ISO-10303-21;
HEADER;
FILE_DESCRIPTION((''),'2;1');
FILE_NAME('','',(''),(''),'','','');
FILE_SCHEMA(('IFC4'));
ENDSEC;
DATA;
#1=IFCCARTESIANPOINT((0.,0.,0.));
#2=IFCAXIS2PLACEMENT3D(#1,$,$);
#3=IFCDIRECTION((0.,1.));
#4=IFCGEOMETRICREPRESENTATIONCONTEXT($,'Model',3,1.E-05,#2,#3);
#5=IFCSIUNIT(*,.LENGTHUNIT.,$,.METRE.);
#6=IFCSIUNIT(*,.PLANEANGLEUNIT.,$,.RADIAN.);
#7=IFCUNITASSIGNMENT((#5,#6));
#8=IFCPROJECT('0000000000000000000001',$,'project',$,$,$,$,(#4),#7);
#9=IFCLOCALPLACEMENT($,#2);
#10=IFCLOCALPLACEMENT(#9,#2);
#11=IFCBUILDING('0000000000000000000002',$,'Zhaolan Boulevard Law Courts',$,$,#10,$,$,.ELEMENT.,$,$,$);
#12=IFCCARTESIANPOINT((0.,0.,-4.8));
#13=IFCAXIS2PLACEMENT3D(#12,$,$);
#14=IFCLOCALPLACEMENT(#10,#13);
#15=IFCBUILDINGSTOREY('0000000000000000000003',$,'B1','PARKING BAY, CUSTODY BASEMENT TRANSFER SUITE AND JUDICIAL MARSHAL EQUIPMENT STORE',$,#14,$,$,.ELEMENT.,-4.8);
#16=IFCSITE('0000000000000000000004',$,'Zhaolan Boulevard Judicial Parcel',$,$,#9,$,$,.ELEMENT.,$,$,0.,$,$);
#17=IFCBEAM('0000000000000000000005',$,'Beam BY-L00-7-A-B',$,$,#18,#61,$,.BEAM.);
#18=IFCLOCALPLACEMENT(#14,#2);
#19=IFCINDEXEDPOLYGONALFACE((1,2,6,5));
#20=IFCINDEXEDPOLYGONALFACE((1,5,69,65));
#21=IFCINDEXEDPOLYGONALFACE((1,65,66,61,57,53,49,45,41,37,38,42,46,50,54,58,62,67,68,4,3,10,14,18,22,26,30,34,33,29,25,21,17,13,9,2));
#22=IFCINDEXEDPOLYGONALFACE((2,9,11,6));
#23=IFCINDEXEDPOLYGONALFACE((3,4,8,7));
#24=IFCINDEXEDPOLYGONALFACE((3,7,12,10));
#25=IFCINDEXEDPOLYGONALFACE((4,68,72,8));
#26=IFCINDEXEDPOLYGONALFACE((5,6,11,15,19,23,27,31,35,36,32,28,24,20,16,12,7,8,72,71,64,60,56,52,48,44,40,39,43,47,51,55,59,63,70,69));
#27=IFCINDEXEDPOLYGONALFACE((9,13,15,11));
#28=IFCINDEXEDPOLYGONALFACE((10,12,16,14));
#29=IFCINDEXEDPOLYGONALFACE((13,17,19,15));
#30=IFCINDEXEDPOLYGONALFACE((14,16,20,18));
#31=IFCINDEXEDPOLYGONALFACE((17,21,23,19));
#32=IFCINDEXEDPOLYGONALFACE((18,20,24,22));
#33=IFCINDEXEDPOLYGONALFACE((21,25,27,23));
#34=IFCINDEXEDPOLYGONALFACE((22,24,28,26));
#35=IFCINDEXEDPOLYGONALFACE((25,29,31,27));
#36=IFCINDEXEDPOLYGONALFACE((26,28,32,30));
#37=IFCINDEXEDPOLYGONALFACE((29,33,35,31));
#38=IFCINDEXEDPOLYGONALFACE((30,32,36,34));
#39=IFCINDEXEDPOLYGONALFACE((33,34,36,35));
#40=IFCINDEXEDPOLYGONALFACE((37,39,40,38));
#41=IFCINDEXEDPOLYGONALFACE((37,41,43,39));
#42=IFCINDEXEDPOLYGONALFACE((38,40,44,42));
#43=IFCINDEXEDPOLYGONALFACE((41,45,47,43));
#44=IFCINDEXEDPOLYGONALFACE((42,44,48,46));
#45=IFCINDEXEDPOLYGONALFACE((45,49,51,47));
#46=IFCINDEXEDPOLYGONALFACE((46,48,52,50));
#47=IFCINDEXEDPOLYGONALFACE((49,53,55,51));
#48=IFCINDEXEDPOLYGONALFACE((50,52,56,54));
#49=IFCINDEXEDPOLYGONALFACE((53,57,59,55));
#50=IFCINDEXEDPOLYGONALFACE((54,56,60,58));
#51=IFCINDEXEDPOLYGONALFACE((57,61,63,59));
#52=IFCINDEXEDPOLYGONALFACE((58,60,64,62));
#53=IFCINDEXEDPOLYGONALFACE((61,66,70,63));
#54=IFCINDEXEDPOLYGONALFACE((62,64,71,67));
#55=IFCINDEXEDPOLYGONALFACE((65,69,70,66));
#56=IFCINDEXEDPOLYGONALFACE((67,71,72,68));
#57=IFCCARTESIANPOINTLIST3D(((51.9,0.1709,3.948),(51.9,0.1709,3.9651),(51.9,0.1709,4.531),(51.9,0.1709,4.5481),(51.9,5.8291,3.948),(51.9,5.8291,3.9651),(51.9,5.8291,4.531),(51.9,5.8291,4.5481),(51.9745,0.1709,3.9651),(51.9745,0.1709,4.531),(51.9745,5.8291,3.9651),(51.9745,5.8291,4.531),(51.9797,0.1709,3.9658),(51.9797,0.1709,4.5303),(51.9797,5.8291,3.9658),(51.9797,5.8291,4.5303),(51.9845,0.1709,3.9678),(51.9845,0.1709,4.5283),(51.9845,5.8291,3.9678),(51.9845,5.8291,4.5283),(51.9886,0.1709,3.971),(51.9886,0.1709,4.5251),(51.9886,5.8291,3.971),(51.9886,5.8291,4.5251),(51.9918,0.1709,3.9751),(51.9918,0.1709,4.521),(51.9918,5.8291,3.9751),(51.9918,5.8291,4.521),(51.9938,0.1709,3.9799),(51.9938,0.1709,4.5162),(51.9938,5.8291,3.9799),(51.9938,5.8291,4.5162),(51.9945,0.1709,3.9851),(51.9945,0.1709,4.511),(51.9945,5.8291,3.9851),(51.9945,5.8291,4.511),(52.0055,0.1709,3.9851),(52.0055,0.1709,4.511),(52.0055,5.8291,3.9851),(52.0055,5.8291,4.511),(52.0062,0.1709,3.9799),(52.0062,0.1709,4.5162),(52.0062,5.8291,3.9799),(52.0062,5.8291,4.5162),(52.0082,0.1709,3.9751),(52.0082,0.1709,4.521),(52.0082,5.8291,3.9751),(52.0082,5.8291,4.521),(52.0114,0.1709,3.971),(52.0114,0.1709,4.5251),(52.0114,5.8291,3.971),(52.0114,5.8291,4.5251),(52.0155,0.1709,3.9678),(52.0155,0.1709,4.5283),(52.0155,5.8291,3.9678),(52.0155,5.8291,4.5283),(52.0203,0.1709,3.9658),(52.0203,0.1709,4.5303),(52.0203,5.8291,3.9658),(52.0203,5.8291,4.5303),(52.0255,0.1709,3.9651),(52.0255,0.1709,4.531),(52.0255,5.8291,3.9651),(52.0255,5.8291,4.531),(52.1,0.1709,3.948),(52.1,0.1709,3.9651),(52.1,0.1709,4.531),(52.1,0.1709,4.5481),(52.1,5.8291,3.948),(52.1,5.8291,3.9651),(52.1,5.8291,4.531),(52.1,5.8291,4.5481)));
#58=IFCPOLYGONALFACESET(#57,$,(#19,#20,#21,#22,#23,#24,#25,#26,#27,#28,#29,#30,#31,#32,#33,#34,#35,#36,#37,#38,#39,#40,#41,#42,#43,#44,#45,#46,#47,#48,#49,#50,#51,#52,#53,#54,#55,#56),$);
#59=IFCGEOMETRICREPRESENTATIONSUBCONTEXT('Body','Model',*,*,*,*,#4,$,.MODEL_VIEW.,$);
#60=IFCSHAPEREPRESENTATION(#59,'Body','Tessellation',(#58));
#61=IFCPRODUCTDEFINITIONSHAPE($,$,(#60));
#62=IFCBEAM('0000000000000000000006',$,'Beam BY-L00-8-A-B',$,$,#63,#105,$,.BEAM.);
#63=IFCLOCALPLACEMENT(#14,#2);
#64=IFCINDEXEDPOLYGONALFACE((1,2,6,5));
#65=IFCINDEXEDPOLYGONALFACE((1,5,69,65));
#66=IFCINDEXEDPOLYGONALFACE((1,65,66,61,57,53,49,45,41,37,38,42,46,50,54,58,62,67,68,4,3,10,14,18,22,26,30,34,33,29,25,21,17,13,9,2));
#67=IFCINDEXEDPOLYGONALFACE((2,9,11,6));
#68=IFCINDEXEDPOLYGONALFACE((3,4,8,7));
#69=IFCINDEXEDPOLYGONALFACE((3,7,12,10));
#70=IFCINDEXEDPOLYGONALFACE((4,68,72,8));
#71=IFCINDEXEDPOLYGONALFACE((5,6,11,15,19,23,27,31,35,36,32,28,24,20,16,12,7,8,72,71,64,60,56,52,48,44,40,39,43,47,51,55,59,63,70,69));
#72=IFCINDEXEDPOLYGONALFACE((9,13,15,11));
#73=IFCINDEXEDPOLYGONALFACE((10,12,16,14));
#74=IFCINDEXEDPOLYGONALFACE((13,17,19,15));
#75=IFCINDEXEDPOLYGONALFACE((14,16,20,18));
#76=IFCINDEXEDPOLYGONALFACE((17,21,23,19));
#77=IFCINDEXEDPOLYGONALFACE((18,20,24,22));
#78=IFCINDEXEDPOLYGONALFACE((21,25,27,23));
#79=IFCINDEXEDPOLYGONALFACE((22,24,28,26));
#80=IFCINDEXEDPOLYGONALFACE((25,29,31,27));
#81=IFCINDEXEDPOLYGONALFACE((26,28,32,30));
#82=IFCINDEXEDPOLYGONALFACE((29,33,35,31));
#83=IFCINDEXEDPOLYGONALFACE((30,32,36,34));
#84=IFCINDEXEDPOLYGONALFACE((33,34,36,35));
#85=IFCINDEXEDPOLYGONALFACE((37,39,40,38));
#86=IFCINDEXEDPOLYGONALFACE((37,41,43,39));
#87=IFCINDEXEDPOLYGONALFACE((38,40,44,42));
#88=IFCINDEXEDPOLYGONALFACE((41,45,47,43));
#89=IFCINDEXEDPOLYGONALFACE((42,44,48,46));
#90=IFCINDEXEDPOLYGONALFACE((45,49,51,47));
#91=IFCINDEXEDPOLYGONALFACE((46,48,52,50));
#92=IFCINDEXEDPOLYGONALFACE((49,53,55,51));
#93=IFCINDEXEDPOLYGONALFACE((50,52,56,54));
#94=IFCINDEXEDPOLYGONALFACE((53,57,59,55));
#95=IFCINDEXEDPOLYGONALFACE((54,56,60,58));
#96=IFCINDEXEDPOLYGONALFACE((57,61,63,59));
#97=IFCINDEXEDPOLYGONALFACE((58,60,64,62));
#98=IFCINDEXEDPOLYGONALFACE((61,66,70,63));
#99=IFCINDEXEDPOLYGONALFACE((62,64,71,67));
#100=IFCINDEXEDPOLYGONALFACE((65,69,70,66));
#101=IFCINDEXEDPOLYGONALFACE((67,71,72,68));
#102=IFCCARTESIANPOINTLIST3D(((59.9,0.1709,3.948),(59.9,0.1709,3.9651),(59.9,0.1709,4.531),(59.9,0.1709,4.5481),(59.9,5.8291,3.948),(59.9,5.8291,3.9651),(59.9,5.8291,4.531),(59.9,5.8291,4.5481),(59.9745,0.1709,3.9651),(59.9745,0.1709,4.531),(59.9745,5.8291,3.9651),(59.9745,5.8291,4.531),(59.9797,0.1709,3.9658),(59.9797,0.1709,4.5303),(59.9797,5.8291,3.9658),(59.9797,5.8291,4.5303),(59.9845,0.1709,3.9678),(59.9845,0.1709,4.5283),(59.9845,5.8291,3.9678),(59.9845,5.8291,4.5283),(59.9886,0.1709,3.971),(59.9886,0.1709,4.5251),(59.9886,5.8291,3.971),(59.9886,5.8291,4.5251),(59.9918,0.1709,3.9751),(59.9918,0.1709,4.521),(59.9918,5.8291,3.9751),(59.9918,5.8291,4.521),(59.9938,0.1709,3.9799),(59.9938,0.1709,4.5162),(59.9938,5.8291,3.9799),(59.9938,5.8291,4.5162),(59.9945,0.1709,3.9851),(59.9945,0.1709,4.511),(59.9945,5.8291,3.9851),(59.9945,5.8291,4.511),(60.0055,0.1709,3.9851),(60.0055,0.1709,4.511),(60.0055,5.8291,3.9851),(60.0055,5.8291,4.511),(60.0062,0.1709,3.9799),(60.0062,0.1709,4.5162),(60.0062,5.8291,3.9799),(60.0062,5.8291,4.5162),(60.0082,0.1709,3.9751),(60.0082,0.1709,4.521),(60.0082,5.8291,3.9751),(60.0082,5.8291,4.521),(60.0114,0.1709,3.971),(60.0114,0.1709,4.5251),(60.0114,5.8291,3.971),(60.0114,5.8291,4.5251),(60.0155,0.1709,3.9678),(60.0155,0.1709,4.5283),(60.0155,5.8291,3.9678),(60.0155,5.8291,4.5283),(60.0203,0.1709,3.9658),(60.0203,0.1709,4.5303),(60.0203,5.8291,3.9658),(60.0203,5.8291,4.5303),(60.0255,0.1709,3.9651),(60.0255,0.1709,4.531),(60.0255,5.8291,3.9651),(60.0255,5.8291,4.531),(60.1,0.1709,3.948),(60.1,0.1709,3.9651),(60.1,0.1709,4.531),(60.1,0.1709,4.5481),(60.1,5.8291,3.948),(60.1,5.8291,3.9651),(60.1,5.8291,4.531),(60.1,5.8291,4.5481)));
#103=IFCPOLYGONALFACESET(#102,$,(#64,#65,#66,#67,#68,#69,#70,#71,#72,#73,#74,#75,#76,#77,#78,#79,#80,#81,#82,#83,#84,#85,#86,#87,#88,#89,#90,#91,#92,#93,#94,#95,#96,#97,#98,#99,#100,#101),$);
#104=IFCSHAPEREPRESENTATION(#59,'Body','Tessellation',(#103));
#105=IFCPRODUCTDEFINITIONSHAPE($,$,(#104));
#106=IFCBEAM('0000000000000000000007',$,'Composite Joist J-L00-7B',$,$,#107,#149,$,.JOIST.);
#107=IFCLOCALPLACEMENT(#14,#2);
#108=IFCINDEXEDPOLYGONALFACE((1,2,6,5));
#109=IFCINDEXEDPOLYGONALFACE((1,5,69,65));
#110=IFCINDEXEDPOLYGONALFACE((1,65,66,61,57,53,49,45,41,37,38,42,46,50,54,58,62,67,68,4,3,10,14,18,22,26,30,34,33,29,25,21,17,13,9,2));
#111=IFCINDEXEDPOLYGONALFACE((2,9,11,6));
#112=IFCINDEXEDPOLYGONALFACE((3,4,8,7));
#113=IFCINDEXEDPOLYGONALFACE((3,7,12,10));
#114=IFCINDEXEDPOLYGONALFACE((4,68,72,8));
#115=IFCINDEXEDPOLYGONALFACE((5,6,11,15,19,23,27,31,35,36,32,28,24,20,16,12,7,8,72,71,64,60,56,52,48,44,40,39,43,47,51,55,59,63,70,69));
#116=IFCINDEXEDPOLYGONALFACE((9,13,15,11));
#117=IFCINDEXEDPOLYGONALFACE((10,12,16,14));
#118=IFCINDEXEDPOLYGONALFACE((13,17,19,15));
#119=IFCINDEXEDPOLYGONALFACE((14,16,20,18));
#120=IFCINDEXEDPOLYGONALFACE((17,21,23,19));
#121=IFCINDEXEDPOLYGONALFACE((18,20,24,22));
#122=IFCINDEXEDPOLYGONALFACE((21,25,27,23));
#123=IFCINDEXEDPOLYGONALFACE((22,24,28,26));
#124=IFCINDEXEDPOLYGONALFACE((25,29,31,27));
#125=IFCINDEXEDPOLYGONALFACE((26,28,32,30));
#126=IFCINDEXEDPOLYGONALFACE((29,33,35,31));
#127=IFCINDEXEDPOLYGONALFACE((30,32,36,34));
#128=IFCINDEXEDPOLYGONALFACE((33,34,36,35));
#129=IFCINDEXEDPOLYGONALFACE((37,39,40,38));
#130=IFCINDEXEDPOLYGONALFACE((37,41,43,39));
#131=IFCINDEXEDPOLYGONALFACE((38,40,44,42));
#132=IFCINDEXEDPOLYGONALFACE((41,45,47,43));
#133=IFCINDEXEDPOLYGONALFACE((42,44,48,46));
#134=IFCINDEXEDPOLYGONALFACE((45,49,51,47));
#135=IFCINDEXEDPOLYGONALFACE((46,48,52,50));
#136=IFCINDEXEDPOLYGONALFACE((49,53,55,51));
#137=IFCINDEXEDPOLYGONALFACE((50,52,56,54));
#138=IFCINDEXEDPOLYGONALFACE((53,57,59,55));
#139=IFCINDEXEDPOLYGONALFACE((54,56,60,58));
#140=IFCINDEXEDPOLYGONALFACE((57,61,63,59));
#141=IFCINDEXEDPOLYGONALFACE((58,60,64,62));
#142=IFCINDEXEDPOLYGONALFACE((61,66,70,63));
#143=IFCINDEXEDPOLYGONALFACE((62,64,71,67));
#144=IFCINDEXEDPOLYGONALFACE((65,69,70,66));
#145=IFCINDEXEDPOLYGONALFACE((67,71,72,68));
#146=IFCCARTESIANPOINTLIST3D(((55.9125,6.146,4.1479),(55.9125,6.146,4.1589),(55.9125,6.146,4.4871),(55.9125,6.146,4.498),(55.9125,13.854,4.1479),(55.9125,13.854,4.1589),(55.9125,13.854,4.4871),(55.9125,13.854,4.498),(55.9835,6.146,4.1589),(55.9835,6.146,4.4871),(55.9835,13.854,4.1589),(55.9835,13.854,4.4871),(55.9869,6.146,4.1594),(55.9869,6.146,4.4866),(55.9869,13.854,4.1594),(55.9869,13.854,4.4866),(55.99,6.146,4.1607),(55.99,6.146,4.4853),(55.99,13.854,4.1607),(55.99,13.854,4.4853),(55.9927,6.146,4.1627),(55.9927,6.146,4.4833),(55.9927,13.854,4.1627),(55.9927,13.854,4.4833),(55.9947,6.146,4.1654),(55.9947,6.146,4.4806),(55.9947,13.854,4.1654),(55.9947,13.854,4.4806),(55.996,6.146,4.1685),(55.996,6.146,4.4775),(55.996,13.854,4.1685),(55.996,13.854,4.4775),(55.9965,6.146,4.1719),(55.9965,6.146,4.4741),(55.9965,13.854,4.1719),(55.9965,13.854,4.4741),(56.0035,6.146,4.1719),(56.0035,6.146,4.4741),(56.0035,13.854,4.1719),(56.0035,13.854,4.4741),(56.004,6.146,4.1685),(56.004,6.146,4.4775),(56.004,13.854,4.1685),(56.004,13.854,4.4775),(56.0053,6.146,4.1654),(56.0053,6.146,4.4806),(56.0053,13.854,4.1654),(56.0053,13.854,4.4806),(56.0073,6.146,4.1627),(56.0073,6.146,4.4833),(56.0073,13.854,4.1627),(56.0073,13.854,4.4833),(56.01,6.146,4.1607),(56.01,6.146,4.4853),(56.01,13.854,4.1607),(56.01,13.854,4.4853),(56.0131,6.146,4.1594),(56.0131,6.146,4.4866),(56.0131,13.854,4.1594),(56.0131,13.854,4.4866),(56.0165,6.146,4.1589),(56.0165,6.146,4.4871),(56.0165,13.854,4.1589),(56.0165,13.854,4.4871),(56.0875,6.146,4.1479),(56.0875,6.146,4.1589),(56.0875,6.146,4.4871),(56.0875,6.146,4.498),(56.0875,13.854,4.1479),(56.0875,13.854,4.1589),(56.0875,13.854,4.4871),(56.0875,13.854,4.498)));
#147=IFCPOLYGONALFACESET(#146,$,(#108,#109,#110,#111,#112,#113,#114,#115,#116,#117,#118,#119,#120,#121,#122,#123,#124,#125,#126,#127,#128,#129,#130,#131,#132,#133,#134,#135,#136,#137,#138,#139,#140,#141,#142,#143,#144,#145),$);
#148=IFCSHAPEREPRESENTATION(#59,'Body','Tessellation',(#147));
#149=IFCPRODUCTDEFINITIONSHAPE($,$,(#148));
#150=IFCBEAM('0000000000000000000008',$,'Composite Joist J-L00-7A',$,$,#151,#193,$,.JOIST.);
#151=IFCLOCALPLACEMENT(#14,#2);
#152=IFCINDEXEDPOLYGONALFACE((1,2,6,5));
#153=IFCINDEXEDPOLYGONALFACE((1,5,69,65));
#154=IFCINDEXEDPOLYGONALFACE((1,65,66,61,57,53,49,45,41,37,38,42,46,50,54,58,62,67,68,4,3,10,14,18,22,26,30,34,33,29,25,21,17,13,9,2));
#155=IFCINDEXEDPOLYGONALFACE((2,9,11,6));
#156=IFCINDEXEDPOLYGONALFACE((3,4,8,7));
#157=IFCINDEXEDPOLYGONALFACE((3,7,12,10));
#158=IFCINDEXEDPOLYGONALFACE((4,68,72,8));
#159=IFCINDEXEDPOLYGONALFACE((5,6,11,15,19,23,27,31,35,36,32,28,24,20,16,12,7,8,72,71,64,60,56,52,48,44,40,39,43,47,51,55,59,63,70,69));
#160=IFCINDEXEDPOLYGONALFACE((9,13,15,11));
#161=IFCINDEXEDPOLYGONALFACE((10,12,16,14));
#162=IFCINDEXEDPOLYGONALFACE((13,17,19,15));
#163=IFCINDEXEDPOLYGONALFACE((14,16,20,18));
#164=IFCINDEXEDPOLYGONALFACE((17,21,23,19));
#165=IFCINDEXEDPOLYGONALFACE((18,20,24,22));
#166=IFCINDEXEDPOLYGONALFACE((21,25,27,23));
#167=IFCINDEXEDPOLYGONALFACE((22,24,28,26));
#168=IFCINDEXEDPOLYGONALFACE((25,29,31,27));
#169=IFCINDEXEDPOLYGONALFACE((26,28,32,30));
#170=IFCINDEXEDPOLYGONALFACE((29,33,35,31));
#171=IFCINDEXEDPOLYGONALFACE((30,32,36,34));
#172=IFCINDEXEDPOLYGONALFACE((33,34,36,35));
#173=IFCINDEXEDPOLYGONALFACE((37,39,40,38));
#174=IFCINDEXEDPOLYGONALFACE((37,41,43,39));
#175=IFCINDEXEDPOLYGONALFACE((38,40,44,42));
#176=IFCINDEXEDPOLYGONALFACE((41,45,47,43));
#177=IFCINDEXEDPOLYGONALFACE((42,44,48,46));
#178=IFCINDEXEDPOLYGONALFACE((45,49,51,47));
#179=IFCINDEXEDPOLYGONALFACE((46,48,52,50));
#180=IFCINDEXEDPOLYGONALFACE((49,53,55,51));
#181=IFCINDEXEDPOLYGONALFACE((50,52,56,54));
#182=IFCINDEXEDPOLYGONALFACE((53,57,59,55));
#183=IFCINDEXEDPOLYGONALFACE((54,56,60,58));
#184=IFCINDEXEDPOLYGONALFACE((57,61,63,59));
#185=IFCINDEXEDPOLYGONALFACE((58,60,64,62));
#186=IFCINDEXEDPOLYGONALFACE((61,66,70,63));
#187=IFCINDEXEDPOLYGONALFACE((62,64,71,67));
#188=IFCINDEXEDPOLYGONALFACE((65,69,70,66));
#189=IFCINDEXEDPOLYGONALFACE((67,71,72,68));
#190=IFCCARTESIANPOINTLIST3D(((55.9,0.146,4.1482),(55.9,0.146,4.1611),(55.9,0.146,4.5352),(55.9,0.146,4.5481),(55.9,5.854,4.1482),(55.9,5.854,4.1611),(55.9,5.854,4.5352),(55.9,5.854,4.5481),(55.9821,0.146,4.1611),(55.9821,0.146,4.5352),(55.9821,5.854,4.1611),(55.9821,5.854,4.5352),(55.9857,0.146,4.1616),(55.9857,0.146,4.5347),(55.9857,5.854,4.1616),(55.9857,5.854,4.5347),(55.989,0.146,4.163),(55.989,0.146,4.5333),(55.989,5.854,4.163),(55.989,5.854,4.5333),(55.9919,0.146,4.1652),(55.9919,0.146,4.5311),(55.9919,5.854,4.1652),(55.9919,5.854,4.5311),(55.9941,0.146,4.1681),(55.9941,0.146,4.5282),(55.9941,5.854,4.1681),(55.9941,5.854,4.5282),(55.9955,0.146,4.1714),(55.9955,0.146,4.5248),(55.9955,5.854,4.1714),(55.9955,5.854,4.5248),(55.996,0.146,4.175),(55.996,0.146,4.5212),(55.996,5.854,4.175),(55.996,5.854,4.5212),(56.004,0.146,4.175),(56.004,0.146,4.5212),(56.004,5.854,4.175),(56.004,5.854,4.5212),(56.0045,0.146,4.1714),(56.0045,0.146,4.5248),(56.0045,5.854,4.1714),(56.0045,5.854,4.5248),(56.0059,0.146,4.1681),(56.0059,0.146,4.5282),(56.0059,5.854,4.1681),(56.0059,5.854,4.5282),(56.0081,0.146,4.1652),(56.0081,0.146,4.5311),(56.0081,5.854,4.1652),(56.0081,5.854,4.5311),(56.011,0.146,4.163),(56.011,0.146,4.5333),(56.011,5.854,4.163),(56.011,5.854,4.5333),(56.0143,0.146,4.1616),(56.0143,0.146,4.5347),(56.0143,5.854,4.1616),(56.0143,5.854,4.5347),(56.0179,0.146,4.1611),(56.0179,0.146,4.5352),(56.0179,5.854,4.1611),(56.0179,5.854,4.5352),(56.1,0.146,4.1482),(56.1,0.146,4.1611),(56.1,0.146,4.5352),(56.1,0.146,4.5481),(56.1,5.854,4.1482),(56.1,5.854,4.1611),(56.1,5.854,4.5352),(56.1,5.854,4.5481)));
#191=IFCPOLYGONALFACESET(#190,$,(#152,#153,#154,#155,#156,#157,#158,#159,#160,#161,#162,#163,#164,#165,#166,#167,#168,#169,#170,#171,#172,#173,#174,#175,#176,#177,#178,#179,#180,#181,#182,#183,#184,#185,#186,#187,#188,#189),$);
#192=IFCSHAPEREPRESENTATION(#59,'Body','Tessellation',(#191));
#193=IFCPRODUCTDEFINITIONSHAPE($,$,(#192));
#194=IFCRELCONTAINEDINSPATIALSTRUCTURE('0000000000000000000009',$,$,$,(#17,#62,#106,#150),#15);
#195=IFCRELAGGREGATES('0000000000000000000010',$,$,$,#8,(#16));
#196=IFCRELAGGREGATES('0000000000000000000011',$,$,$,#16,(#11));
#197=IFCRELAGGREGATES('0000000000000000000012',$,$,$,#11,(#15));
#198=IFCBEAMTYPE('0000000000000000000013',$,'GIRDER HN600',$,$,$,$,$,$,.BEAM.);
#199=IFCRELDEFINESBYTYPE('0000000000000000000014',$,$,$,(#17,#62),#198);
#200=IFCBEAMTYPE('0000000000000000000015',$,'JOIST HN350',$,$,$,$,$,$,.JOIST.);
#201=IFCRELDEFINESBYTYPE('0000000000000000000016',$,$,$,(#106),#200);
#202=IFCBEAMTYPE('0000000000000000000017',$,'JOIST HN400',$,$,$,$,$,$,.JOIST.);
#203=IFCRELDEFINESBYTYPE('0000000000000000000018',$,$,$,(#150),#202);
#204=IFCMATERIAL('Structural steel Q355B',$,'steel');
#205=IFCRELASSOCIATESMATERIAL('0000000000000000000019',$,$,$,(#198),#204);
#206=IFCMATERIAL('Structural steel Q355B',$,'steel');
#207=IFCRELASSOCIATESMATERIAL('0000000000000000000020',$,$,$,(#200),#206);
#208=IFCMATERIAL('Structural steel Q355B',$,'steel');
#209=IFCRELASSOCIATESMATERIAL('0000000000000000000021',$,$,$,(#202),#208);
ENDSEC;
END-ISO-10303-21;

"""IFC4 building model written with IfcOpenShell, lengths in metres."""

from ifc_helpers import new_model, si_unit, direction, frame, origin, origin_2d, place, context, subcontext, project, spatial, i_section, extrude, material, material_profile, profile_set, type_object, element, save


model = new_model("IFC4")

# Units and contexts
model_context = context("Model", 3, precision=1e-05, world=origin(), true_north=direction((0.0, 1.0)))
body_context = subcontext(model_context, "Body", "Model", "MODEL_VIEW")
ifc_project = project(units=[si_unit("LENGTHUNIT", "METRE"), si_unit("PLANEANGLEUNIT", "RADIAN")], contexts=[model_context])

# Site, building, storey
site_placement = place(None, origin())
site = spatial("IfcSite", under=ifc_project, at=site_placement, Name="Zhaolan Boulevard Judicial Parcel", CompositionType="ELEMENT", RefElevation=0.0)
building_placement = place(site_placement, origin())
building = spatial("IfcBuilding", under=site, at=building_placement, Name="Zhaolan Boulevard Law Courts", CompositionType="ELEMENT")
storey_placement = place(building_placement, frame((0.0, 0.0, -4.8)))
storey = spatial("IfcBuildingStorey", under=building, at=storey_placement, Name="B1", Description="PARKING BAY, CUSTODY BASEMENT TRANSFER SUITE AND JUDICIAL MARSHAL EQUIPMENT STORE", CompositionType="ELEMENT", Elevation=-4.8)

# Beams
ifc_material_1 = material(Name="Structural steel Q355B", Category="steel")
ifc_material_profile_1 = material_profile(ifc_material_1, i_section(OverallWidth=0.2, OverallDepth=0.6001, WebThickness=0.011, FlangeThickness=0.0171, FilletRadius=0.02, at=origin_2d()), Name="HN600x200")
ifc_profile_set_1 = profile_set([ifc_material_profile_1], Name="Structural steel Q355B")
beam_type_1 = type_object("IfcBeamType", Name="GIRDER HN600", PredefinedType="BEAM", material=ifc_profile_set_1)
for number, where, z_axis, x_axis, name in (
    (1, (52.0, 0.1709, 4.248), (0.0, 1.0, 0.0), (-1.0, 0.0, 0.0), "Beam BY-L00-7-A-B"),
    (2, (60.0, 0.1709, 4.248), (0.0, 1.0, 0.0), (-1.0, 0.0, 0.0), "Beam BY-L00-8-A-B"),
):
    element("IfcBeam", number, at=place(storey_placement, frame(where, z_axis=z_axis, x_axis=x_axis)), inside=storey, type_object=beam_type_1, Name=name, PredefinedType="BEAM", context=body_context, shape_type="SweptSolid", body=[
        extrude(i_section(OverallWidth=0.2, OverallDepth=0.6001, WebThickness=0.011, FlangeThickness=0.0171, FilletRadius=0.02, at=origin_2d()), origin(), (0.0, 0.0, 1.0), 5.6582),
    ])
ifc_material_2 = material(Name="Structural steel Q355B", Category="steel")
ifc_material_profile_2 = material_profile(ifc_material_2, i_section(OverallWidth=0.175, OverallDepth=0.3501, WebThickness=0.0071, FlangeThickness=0.011, FilletRadius=0.0129, at=origin_2d()), Name="HN350x175")
ifc_profile_set_2 = profile_set([ifc_material_profile_2], Name="Structural steel Q355B")
beam_type_2 = type_object("IfcBeamType", Name="JOIST HN350", PredefinedType="JOIST", material=ifc_profile_set_2)
beam_1_placement = place(storey_placement, frame((56.0, 6.146, 4.323), z_axis=(0.0, 1.0, 0.0), x_axis=(-1.0, 0.0, 0.0)))
element("IfcBeam", 3, at=beam_1_placement, inside=storey, type_object=beam_type_2, Name="Composite Joist J-L00-7B", PredefinedType="JOIST", context=body_context, shape_type="SweptSolid", body=[
    extrude(i_section(OverallWidth=0.175, OverallDepth=0.3501, WebThickness=0.0071, FlangeThickness=0.011, FilletRadius=0.0129, at=origin_2d()), origin(), (0.0, 0.0, 1.0), 7.708),
])
ifc_material_3 = material(Name="Structural steel Q355B", Category="steel")
ifc_material_profile_3 = material_profile(ifc_material_3, i_section(OverallWidth=0.2, OverallDepth=0.3999, WebThickness=0.0081, FlangeThickness=0.0129, FilletRadius=0.0139, at=origin_2d()), Name="HN400x200")
ifc_profile_set_3 = profile_set([ifc_material_profile_3], Name="Structural steel Q355B")
beam_type_3 = type_object("IfcBeamType", Name="JOIST HN400", PredefinedType="JOIST", material=ifc_profile_set_3)
beam_2_placement = place(storey_placement, frame((56.0, 0.146, 4.3481), z_axis=(0.0, 1.0, 0.0), x_axis=(-1.0, 0.0, 0.0)))
element("IfcBeam", 4, at=beam_2_placement, inside=storey, type_object=beam_type_3, Name="Composite Joist J-L00-7A", PredefinedType="JOIST", context=body_context, shape_type="SweptSolid", body=[
    extrude(i_section(OverallWidth=0.2, OverallDepth=0.3999, WebThickness=0.0081, FlangeThickness=0.0129, FilletRadius=0.0139, at=origin_2d()), origin(), (0.0, 0.0, 1.0), 5.708),
])

save(model, "model.ifc")
